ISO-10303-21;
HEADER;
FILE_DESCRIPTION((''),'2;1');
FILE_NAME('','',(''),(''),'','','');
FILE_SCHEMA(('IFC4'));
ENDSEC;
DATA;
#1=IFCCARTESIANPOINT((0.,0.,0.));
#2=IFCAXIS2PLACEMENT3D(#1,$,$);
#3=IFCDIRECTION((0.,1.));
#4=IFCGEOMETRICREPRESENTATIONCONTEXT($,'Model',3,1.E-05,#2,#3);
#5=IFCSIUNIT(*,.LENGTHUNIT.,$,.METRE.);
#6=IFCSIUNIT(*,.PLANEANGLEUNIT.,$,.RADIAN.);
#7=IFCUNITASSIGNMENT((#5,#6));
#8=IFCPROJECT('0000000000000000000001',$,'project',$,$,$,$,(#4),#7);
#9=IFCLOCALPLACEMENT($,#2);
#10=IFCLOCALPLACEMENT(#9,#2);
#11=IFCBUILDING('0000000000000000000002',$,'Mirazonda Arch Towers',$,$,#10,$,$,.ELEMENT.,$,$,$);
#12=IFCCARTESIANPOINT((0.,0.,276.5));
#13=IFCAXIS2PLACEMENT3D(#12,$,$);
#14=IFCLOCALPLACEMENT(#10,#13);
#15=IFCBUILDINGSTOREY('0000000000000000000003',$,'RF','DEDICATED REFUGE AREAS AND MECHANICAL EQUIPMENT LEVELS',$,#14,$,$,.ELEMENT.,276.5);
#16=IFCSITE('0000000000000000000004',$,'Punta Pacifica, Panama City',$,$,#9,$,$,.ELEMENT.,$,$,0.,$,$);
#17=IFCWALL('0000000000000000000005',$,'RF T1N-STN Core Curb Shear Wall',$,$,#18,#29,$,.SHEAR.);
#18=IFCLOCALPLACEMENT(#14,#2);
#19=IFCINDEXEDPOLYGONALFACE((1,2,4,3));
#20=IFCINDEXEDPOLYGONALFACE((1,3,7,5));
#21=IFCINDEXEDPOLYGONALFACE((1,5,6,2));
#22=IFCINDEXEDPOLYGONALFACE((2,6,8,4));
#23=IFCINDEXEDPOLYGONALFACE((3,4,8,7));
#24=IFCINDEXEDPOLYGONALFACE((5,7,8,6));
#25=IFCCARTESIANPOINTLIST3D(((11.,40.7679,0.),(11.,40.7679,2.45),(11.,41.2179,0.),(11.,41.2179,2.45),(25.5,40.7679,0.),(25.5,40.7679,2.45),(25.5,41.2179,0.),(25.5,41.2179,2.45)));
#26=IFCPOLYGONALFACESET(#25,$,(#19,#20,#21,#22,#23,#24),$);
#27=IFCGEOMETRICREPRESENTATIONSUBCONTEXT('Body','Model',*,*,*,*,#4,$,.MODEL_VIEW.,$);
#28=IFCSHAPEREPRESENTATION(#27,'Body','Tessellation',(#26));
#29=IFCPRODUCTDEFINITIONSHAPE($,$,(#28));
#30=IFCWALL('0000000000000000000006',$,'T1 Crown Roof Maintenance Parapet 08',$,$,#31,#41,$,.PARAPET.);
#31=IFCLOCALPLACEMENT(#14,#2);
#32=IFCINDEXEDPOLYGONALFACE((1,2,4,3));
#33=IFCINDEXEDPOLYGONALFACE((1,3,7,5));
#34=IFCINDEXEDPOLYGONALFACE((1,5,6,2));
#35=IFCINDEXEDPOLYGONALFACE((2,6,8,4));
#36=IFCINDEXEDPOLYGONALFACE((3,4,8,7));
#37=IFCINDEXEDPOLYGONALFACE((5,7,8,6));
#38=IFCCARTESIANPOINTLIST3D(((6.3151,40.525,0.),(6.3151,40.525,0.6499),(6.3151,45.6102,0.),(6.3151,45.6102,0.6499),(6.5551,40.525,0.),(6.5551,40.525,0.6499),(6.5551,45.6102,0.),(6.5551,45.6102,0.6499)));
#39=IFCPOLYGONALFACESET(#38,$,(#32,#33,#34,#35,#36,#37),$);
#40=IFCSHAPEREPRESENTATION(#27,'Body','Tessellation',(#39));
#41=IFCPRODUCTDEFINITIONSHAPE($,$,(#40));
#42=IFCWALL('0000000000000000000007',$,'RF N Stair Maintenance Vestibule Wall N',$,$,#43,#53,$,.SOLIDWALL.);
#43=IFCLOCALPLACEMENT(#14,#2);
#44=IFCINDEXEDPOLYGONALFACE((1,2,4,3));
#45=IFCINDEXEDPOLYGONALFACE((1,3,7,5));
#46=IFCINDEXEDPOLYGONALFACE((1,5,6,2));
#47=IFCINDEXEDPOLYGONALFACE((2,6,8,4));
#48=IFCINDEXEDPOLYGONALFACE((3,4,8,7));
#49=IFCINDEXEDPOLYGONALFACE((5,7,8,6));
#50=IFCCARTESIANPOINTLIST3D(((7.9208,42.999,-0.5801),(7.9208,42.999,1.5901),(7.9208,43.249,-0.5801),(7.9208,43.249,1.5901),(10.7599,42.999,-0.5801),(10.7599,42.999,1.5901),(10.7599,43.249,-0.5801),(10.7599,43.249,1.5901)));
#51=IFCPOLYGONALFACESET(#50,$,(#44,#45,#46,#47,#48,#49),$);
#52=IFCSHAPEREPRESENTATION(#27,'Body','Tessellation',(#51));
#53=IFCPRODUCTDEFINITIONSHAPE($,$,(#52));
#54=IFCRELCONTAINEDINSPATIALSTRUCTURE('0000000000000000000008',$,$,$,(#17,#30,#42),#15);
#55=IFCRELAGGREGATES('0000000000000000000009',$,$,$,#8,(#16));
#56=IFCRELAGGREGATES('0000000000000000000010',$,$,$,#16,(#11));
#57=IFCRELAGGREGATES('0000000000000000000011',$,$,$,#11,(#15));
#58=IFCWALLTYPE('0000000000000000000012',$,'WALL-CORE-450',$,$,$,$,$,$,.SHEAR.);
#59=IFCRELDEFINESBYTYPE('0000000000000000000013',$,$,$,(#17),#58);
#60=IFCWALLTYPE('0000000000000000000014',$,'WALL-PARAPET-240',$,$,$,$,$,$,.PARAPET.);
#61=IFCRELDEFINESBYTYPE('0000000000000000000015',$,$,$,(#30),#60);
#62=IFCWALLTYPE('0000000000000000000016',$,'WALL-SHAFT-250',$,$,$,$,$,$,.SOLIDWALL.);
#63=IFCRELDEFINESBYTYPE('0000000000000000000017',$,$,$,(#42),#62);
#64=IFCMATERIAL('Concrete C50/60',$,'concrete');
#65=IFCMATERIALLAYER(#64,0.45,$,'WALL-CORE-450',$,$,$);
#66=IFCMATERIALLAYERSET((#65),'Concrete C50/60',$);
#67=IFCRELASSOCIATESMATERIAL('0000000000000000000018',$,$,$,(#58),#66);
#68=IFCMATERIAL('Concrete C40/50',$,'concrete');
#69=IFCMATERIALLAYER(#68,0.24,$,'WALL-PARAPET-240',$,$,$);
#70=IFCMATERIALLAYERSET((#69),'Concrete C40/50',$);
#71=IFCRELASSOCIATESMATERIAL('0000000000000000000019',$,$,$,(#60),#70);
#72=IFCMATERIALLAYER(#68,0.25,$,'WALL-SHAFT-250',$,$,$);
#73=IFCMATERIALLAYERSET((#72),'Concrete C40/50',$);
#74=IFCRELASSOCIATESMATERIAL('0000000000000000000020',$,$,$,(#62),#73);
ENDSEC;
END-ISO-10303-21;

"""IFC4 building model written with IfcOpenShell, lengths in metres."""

from ifc_helpers import new_model, si_unit, direction, frame, frame_2d, origin, place, context, subcontext, project, spatial, rectangle, extrude, material, layer, layer_set, type_object, element, save


model = new_model("IFC4")

# Units and contexts
model_context = context("Model", 3, precision=1e-05, world=origin(), true_north=direction((0.0, 1.0)))
body_context = subcontext(model_context, "Body", "Model", "MODEL_VIEW")
ifc_project = project(units=[si_unit("LENGTHUNIT", "METRE"), si_unit("PLANEANGLEUNIT", "RADIAN")], contexts=[model_context])

# Site, building, storey
site_placement = place(None, origin())
site = spatial("IfcSite", under=ifc_project, at=site_placement, Name="Punta Pacifica, Panama City", CompositionType="ELEMENT", RefElevation=0.0)
building_placement = place(site_placement, origin())
building = spatial("IfcBuilding", under=site, at=building_placement, Name="Mirazonda Arch Towers", CompositionType="ELEMENT")
storey_placement = place(building_placement, frame((0.0, 0.0, 276.5)))
storey = spatial("IfcBuildingStorey", under=building, at=storey_placement, Name="RF", Description="DEDICATED REFUGE AREAS AND MECHANICAL EQUIPMENT LEVELS", CompositionType="ELEMENT", Elevation=276.5)

# Walls
ifc_material_1 = material(Name="Concrete C50/60", Category="concrete")
ifc_layer_1 = layer(ifc_material_1, 0.45, Name="WALL-CORE-450")
ifc_layer_set_1 = layer_set([ifc_layer_1], Name="Concrete C50/60")
wall_type_1 = type_object("IfcWallType", Name="WALL-CORE-450", PredefinedType="SHEAR", material=ifc_layer_set_1)
wall_1_placement = place(storey_placement, frame((11.0, 40.9929, 0.0), z_axis=(0.0, 0.0, 1.0), x_axis=(1.0, 0.0, 0.0)))
element("IfcWall", 1, at=wall_1_placement, inside=storey, type_object=wall_type_1, Name="RF T1N-STN Core Curb Shear Wall", PredefinedType="SHEAR", context=body_context, shape_type="SweptSolid", body=[
    extrude(rectangle(XDim=14.5, YDim=0.45, at=frame_2d((7.25, 0.0))), origin(), (0.0, 0.0, 1.0), 2.45),
])
ifc_material_2 = material(Name="Concrete C40/50", Category="concrete")
ifc_layer_2 = layer(ifc_material_2, 0.24, Name="WALL-PARAPET-240")
ifc_layer_set_2 = layer_set([ifc_layer_2], Name="Concrete C40/50")
wall_type_2 = type_object("IfcWallType", Name="WALL-PARAPET-240", PredefinedType="PARAPET", material=ifc_layer_set_2)
wall_2_placement = place(storey_placement, frame((6.4351, 45.6101, 0.0), z_axis=(0.0, 0.0, 1.0), x_axis=(0.0, -1.0, 0.0)))
element("IfcWall", 2, at=wall_2_placement, inside=storey, type_object=wall_type_2, Name="T1 Crown Roof Maintenance Parapet 08", PredefinedType="PARAPET", context=body_context, shape_type="SweptSolid", body=[
    extrude(rectangle(XDim=5.0852, YDim=0.24, at=frame_2d((2.5425, 0.0))), origin(), (0.0, 0.0, 1.0), 0.6499),
])

# Wall
ifc_layer_3 = layer(ifc_material_2, 0.25, Name="WALL-SHAFT-250")
ifc_layer_set_3 = layer_set([ifc_layer_3], Name="Concrete C40/50")
wall_type_3 = type_object("IfcWallType", Name="WALL-SHAFT-250", PredefinedType="SOLIDWALL", material=ifc_layer_set_3)
wall_3_placement = place(storey_placement, frame((7.9209, 43.124, -0.5801), z_axis=(0.0, 0.0, 1.0), x_axis=(1.0, 0.0, 0.0)))
element("IfcWall", 3, at=wall_3_placement, inside=storey, type_object=wall_type_3, Name="RF N Stair Maintenance Vestibule Wall N", PredefinedType="SOLIDWALL", context=body_context, shape_type="SweptSolid", body=[
    extrude(rectangle(XDim=2.8391, YDim=0.25, at=frame_2d((1.4194, 0.0))), origin(), (0.0, 0.0, 1.0), 2.1702),
])

save(model, "model.ifc")
